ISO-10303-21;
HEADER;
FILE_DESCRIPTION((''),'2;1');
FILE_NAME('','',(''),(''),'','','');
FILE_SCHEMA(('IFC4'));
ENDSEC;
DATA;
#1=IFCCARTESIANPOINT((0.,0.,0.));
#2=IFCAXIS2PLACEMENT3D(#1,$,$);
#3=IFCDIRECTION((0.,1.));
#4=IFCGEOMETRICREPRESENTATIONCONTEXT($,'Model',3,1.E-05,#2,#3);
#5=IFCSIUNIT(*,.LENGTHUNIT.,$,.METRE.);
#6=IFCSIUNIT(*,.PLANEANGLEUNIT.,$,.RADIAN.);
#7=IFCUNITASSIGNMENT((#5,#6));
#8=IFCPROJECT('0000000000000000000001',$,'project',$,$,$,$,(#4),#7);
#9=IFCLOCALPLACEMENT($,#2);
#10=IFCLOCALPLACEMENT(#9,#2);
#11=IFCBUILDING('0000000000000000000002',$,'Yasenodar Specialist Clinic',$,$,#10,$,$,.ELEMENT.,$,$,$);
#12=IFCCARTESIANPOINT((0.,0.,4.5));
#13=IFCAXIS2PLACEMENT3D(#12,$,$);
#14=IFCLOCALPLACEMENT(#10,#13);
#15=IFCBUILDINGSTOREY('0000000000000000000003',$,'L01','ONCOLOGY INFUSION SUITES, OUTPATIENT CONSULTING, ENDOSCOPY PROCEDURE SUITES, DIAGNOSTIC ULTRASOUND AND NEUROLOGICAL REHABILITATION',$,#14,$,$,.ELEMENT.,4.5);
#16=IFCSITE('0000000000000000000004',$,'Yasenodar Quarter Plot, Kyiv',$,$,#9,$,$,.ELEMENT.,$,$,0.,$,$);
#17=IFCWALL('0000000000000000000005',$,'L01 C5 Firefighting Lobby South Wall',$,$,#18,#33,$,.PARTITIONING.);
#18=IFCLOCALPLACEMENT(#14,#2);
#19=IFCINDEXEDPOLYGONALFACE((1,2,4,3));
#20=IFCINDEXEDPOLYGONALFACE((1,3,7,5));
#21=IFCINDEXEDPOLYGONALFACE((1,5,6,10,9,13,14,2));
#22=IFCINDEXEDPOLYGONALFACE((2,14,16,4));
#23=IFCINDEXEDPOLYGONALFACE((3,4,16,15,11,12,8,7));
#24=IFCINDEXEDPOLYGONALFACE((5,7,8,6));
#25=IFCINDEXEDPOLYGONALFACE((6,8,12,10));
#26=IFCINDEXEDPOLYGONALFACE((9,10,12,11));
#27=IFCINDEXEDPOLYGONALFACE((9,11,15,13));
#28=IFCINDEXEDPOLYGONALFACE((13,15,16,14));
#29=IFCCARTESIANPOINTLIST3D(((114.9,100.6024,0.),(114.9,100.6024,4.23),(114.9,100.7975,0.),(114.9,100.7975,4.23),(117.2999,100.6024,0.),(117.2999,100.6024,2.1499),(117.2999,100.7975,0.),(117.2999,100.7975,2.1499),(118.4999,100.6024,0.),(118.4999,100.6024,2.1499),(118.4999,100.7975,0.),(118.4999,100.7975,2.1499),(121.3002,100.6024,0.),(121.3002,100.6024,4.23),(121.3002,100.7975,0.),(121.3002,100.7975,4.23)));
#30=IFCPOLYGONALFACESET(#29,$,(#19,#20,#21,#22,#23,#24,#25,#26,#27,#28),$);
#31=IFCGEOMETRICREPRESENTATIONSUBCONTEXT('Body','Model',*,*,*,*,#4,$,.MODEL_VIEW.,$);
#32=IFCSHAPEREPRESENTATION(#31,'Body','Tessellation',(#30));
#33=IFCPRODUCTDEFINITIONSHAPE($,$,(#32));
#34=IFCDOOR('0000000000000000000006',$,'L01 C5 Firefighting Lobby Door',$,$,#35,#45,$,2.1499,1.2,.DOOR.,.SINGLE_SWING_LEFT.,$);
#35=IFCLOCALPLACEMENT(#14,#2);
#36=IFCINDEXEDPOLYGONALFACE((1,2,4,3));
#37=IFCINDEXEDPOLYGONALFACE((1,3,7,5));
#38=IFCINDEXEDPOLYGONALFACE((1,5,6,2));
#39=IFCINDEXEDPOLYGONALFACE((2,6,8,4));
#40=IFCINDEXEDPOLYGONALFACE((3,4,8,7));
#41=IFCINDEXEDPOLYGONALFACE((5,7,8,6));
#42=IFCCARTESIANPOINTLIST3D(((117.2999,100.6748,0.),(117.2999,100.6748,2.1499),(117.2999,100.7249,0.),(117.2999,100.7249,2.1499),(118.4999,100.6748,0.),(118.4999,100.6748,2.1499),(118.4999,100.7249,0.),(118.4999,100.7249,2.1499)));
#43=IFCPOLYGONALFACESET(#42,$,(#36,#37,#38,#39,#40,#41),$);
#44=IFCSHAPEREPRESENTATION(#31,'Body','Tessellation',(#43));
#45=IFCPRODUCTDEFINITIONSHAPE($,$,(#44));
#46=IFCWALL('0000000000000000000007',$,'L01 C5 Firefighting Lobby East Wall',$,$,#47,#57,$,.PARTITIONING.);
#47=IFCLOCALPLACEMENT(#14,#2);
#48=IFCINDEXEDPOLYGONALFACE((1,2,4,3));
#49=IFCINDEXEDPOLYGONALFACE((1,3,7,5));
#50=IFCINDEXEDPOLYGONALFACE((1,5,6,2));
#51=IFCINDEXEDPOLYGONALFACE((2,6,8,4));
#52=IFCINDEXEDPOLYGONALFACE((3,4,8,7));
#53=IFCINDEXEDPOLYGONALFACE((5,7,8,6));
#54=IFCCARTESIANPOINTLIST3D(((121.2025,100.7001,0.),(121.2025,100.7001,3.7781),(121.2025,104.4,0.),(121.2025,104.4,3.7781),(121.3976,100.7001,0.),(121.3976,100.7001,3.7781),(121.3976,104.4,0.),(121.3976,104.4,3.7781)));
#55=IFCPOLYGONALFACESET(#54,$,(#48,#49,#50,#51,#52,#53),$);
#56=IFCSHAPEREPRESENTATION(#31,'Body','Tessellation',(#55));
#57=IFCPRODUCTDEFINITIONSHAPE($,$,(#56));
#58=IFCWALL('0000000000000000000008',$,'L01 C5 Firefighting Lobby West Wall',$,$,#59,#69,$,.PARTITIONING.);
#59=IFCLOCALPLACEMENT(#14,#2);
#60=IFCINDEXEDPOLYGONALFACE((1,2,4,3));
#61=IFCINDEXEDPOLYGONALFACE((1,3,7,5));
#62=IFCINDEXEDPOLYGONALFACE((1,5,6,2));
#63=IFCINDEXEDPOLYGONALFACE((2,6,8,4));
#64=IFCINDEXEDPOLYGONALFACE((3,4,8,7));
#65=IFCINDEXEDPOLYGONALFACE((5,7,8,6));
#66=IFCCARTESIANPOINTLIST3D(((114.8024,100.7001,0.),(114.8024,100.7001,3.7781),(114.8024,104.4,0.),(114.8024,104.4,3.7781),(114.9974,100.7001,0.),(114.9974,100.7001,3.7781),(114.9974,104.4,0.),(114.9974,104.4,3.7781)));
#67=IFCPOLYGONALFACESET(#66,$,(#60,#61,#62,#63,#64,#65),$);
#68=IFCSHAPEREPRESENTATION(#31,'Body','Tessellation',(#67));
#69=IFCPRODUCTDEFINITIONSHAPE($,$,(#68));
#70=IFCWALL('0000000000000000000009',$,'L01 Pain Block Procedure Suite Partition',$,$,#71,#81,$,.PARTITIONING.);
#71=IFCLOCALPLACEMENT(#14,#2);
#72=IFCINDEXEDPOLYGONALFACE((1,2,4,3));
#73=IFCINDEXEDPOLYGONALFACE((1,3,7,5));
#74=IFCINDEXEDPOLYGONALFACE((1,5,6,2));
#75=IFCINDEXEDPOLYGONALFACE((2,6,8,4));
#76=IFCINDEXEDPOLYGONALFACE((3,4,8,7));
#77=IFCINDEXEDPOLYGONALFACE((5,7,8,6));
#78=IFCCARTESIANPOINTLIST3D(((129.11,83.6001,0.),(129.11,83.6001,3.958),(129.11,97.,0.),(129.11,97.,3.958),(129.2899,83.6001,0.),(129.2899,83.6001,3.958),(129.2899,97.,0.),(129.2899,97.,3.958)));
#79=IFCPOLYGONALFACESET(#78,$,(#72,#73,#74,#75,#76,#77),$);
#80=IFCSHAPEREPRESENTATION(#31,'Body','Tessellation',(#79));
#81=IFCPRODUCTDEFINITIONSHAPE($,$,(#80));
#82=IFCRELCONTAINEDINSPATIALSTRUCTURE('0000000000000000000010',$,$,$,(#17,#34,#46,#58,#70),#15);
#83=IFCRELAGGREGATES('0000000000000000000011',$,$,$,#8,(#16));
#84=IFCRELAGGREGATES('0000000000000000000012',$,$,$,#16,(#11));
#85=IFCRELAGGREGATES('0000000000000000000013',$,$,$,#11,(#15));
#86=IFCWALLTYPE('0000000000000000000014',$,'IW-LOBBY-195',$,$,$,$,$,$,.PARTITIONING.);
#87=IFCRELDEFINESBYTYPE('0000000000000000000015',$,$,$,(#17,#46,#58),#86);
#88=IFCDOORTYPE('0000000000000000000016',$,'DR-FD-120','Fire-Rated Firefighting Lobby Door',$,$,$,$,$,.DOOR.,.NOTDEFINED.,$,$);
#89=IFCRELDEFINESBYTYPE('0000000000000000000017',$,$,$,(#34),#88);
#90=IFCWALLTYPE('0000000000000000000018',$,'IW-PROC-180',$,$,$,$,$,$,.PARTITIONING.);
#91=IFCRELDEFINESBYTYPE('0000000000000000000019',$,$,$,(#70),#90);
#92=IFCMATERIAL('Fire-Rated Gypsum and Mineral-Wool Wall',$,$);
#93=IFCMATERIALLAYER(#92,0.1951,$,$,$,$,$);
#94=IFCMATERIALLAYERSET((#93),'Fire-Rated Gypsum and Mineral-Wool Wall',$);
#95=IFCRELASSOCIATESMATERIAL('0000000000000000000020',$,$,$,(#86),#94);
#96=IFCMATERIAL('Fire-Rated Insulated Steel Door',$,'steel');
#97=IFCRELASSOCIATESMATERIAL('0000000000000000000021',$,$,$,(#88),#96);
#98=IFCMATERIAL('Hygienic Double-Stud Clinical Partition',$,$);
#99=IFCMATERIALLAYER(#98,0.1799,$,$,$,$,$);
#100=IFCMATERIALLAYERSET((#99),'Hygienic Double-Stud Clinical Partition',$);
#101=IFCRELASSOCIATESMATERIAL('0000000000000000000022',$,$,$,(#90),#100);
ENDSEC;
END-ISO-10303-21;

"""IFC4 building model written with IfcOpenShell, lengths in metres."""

from ifc_helpers import new_model, si_unit, direction, frame, frame_2d, origin, place, context, subcontext, project, spatial, rectangle, extrude, material, layer, layer_set, type_object, element, fill, save


model = new_model("IFC4")

# Units and contexts
model_context = context("Model", 3, precision=1e-05, world=origin(), true_north=direction((0.0, 1.0)))
body_context = subcontext(model_context, "Body", "Model", "MODEL_VIEW")
ifc_project = project(units=[si_unit("LENGTHUNIT", "METRE"), si_unit("PLANEANGLEUNIT", "RADIAN")], contexts=[model_context])

# Site, building, storey
site_placement = place(None, origin())
site = spatial("IfcSite", under=ifc_project, at=site_placement, Name="Yasenodar Quarter Plot, Kyiv", CompositionType="ELEMENT", RefElevation=0.0)
building_placement = place(site_placement, origin())
building = spatial("IfcBuilding", under=site, at=building_placement, Name="Yasenodar Specialist Clinic", CompositionType="ELEMENT")
storey_placement = place(building_placement, frame((0.0, 0.0, 4.5)))
storey = spatial("IfcBuildingStorey", under=building, at=storey_placement, Name="L01", Description="ONCOLOGY INFUSION SUITES, OUTPATIENT CONSULTING, ENDOSCOPY PROCEDURE SUITES, DIAGNOSTIC ULTRASOUND AND NEUROLOGICAL REHABILITATION", CompositionType="ELEMENT", Elevation=4.5)

# Wall, opening, door
ifc_material_1 = material(Name="Fire-Rated Gypsum and Mineral-Wool Wall")
ifc_layer_1 = layer(ifc_material_1, 0.1951)
ifc_layer_set_1 = layer_set([ifc_layer_1], Name="Fire-Rated Gypsum and Mineral-Wool Wall")
wall_type_1 = type_object("IfcWallType", Name="IW-LOBBY-195", PredefinedType="PARTITIONING", material=ifc_layer_set_1)
wall_1_placement = place(storey_placement, frame((114.8999, 100.7, 0.0), z_axis=(0.0, 0.0, 1.0), x_axis=(1.0, 0.0, 0.0)))
wall_1 = element("IfcWall", 1, at=wall_1_placement, inside=storey, type_object=wall_type_1, Name="L01 C5 Firefighting Lobby South Wall", PredefinedType="PARTITIONING", context=body_context, shape_type="SweptSolid", body=[
    extrude(rectangle(XDim=6.4001, YDim=0.1951, at=frame_2d((3.2002, 0.0))), origin(), (0.0, 0.0, 1.0), 4.23),
])
opening_placement = place(wall_1_placement, frame((2.3999, 0.0, 0.0)))
opening = element("IfcOpeningElement", 2, at=opening_placement, cuts=wall_1, PredefinedType="OPENING", context=body_context, shape_type="SweptSolid", body=[
    extrude(rectangle(XDim=1.2, YDim=2.1499, at=frame_2d((0.6001, 1.075))), frame((0.0, 0.1074, 0.0), z_axis=(0.0, -1.0, 0.0), x_axis=(1.0, 0.0, 0.0)), (0.0, 0.0, 1.0), 0.2151),
])
ifc_material_2 = material(Name="Fire-Rated Insulated Steel Door", Category="steel")
door_type = type_object("IfcDoorType", Name="DR-FD-120", Description="Fire-Rated Firefighting Lobby Door", OperationType="NOTDEFINED", PredefinedType="DOOR", material=ifc_material_2)
door_placement = place(opening_placement, origin())
door = element("IfcDoor", 3, at=door_placement, inside=storey, type_object=door_type, Name="L01 C5 Firefighting Lobby Door", OperationType="SINGLE_SWING_LEFT", OverallHeight=2.1499, OverallWidth=1.2, PredefinedType="DOOR", context=body_context, shape_type="SweptSolid", body=[
    extrude(rectangle(XDim=1.2, YDim=2.1499, at=frame_2d((0.6001, 1.075))), frame((0.0, 0.0249, 0.0), z_axis=(0.0, -1.0, 0.0), x_axis=(1.0, 0.0, 0.0)), (0.0, 0.0, 1.0), 0.05),
])
fill(opening, door)

# Walls
for number, where, z_axis, x_axis, name in (
    (4, (121.3, 100.7, 0.0), (0.0, 0.0, 1.0), (0.0, 1.0, 0.0), "L01 C5 Firefighting Lobby East Wall"),
    (5, (114.8999, 100.7, 0.0), (0.0, 0.0, 1.0), (0.0, 1.0, 0.0), "L01 C5 Firefighting Lobby West Wall"),
):
    element("IfcWall", number, at=place(storey_placement, frame(where, z_axis=z_axis, x_axis=x_axis)), inside=storey, type_object=wall_type_1, Name=name, PredefinedType="PARTITIONING", context=body_context, shape_type="SweptSolid", body=[
        extrude(rectangle(XDim=3.7, YDim=0.1951, at=frame_2d((1.8501, 0.0))), origin(), (0.0, 0.0, 1.0), 3.7781),
    ])
ifc_material_3 = material(Name="Hygienic Double-Stud Clinical Partition")
ifc_layer_2 = layer(ifc_material_3, 0.1799)
ifc_layer_set_2 = layer_set([ifc_layer_2], Name="Hygienic Double-Stud Clinical Partition")
wall_type_2 = type_object("IfcWallType", Name="IW-PROC-180", PredefinedType="PARTITIONING", material=ifc_layer_set_2)
wall_2_placement = place(storey_placement, frame((129.2, 97.0, 0.0), z_axis=(0.0, 0.0, 1.0), x_axis=(0.0, -1.0, 0.0)))
element("IfcWall", 6, at=wall_2_placement, inside=storey, type_object=wall_type_2, Name="L01 Pain Block Procedure Suite Partition", PredefinedType="PARTITIONING", context=body_context, shape_type="SweptSolid", body=[
    extrude(rectangle(XDim=13.3999, YDim=0.1799, at=frame_2d((6.7, 0.0))), origin(), (0.0, 0.0, 1.0), 3.958),
])

save(model, "model.ifc")
